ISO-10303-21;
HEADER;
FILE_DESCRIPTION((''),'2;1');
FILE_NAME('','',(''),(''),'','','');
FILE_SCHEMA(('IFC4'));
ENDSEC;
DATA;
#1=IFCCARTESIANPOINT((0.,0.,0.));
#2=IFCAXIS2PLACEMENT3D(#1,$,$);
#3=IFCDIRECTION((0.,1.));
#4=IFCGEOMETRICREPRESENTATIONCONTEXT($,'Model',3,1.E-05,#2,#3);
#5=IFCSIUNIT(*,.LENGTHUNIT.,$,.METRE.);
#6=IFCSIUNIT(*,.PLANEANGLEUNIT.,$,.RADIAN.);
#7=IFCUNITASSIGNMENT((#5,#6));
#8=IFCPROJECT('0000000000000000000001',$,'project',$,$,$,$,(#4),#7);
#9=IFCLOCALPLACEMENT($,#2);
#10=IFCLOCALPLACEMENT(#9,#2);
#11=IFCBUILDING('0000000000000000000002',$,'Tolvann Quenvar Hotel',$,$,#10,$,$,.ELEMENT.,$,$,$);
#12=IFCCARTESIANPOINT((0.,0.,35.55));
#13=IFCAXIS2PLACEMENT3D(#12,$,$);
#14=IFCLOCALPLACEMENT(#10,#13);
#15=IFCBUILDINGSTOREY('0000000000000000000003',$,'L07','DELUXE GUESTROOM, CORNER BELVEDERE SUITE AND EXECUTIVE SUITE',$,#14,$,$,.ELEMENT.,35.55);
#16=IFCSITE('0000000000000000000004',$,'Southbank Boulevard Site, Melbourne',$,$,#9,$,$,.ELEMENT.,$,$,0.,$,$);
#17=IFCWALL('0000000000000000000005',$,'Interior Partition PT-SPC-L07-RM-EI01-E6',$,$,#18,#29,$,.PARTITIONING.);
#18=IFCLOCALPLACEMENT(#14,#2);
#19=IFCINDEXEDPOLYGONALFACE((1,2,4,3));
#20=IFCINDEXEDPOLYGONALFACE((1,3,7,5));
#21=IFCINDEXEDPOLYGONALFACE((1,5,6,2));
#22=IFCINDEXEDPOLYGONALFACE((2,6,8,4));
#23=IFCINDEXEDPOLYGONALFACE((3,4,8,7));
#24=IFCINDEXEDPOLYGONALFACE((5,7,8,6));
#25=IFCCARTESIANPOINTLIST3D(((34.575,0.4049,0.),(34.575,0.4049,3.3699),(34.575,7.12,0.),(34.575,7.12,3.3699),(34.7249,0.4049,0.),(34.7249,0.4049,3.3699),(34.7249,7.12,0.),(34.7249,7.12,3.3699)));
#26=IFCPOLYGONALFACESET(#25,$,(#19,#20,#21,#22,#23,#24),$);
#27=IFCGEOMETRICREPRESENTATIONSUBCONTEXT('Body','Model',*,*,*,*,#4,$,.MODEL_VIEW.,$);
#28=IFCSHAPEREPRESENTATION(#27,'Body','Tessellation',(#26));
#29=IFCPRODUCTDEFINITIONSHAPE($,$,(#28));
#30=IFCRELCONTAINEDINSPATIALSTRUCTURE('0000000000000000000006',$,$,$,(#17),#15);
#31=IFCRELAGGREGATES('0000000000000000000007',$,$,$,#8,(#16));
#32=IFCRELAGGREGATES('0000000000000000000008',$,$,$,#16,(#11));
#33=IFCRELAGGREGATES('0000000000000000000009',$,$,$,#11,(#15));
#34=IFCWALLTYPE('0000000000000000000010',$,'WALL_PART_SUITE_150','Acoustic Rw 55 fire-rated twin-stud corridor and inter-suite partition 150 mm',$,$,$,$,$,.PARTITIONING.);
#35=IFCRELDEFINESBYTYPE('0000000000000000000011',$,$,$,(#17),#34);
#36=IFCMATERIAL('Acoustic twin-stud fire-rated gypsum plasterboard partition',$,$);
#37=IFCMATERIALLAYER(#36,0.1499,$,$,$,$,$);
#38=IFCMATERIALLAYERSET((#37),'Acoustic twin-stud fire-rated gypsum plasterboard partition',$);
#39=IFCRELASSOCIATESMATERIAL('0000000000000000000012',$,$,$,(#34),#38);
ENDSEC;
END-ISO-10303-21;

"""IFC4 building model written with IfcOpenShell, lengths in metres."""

from ifc_helpers import new_model, si_unit, direction, frame, frame_2d, origin, place, context, subcontext, project, spatial, rectangle, extrude, material, layer, layer_set, type_object, element, save


model = new_model("IFC4")

# Units and contexts
model_context = context("Model", 3, precision=1e-05, world=origin(), true_north=direction((0.0, 1.0)))
body_context = subcontext(model_context, "Body", "Model", "MODEL_VIEW")
ifc_project = project(units=[si_unit("LENGTHUNIT", "METRE"), si_unit("PLANEANGLEUNIT", "RADIAN")], contexts=[model_context])

# Site, building, storey
site_placement = place(None, origin())
site = spatial("IfcSite", under=ifc_project, at=site_placement, Name="Southbank Boulevard Site, Melbourne", CompositionType="ELEMENT", RefElevation=0.0)
building_placement = place(site_placement, origin())
building = spatial("IfcBuilding", under=site, at=building_placement, Name="Tolvann Quenvar Hotel", CompositionType="ELEMENT")
storey_placement = place(building_placement, frame((0.0, 0.0, 35.55)))
storey = spatial("IfcBuildingStorey", under=building, at=storey_placement, Name="L07", Description="DELUXE GUESTROOM, CORNER BELVEDERE SUITE AND EXECUTIVE SUITE", CompositionType="ELEMENT", Elevation=35.55)

# Wall
ifc_material_1 = material(Name="Acoustic twin-stud fire-rated gypsum plasterboard partition")
ifc_layer_1 = layer(ifc_material_1, 0.1499)
ifc_layer_set_1 = layer_set([ifc_layer_1], Name="Acoustic twin-stud fire-rated gypsum plasterboard partition")
wall_type_1 = type_object("IfcWallType", Name="WALL_PART_SUITE_150", Description="Acoustic Rw 55 fire-rated twin-stud corridor and inter-suite partition 150 mm", PredefinedType="PARTITIONING", material=ifc_layer_set_1)
wall_1_placement = place(storey_placement, frame((34.6499, 0.405, 0.0), z_axis=(0.0, 0.0, 1.0), x_axis=(0.0, 1.0, 0.0)))
element("IfcWall", 1, at=wall_1_placement, inside=storey, type_object=wall_type_1, Name="Interior Partition PT-SPC-L07-RM-EI01-E6", PredefinedType="PARTITIONING", context=body_context, shape_type="SweptSolid", body=[
    extrude(rectangle(XDim=6.7151, YDim=0.1499, at=frame_2d((3.3574, 0.0))), origin(), (0.0, 0.0, 1.0), 3.3699),
])

save(model, "model.ifc")
